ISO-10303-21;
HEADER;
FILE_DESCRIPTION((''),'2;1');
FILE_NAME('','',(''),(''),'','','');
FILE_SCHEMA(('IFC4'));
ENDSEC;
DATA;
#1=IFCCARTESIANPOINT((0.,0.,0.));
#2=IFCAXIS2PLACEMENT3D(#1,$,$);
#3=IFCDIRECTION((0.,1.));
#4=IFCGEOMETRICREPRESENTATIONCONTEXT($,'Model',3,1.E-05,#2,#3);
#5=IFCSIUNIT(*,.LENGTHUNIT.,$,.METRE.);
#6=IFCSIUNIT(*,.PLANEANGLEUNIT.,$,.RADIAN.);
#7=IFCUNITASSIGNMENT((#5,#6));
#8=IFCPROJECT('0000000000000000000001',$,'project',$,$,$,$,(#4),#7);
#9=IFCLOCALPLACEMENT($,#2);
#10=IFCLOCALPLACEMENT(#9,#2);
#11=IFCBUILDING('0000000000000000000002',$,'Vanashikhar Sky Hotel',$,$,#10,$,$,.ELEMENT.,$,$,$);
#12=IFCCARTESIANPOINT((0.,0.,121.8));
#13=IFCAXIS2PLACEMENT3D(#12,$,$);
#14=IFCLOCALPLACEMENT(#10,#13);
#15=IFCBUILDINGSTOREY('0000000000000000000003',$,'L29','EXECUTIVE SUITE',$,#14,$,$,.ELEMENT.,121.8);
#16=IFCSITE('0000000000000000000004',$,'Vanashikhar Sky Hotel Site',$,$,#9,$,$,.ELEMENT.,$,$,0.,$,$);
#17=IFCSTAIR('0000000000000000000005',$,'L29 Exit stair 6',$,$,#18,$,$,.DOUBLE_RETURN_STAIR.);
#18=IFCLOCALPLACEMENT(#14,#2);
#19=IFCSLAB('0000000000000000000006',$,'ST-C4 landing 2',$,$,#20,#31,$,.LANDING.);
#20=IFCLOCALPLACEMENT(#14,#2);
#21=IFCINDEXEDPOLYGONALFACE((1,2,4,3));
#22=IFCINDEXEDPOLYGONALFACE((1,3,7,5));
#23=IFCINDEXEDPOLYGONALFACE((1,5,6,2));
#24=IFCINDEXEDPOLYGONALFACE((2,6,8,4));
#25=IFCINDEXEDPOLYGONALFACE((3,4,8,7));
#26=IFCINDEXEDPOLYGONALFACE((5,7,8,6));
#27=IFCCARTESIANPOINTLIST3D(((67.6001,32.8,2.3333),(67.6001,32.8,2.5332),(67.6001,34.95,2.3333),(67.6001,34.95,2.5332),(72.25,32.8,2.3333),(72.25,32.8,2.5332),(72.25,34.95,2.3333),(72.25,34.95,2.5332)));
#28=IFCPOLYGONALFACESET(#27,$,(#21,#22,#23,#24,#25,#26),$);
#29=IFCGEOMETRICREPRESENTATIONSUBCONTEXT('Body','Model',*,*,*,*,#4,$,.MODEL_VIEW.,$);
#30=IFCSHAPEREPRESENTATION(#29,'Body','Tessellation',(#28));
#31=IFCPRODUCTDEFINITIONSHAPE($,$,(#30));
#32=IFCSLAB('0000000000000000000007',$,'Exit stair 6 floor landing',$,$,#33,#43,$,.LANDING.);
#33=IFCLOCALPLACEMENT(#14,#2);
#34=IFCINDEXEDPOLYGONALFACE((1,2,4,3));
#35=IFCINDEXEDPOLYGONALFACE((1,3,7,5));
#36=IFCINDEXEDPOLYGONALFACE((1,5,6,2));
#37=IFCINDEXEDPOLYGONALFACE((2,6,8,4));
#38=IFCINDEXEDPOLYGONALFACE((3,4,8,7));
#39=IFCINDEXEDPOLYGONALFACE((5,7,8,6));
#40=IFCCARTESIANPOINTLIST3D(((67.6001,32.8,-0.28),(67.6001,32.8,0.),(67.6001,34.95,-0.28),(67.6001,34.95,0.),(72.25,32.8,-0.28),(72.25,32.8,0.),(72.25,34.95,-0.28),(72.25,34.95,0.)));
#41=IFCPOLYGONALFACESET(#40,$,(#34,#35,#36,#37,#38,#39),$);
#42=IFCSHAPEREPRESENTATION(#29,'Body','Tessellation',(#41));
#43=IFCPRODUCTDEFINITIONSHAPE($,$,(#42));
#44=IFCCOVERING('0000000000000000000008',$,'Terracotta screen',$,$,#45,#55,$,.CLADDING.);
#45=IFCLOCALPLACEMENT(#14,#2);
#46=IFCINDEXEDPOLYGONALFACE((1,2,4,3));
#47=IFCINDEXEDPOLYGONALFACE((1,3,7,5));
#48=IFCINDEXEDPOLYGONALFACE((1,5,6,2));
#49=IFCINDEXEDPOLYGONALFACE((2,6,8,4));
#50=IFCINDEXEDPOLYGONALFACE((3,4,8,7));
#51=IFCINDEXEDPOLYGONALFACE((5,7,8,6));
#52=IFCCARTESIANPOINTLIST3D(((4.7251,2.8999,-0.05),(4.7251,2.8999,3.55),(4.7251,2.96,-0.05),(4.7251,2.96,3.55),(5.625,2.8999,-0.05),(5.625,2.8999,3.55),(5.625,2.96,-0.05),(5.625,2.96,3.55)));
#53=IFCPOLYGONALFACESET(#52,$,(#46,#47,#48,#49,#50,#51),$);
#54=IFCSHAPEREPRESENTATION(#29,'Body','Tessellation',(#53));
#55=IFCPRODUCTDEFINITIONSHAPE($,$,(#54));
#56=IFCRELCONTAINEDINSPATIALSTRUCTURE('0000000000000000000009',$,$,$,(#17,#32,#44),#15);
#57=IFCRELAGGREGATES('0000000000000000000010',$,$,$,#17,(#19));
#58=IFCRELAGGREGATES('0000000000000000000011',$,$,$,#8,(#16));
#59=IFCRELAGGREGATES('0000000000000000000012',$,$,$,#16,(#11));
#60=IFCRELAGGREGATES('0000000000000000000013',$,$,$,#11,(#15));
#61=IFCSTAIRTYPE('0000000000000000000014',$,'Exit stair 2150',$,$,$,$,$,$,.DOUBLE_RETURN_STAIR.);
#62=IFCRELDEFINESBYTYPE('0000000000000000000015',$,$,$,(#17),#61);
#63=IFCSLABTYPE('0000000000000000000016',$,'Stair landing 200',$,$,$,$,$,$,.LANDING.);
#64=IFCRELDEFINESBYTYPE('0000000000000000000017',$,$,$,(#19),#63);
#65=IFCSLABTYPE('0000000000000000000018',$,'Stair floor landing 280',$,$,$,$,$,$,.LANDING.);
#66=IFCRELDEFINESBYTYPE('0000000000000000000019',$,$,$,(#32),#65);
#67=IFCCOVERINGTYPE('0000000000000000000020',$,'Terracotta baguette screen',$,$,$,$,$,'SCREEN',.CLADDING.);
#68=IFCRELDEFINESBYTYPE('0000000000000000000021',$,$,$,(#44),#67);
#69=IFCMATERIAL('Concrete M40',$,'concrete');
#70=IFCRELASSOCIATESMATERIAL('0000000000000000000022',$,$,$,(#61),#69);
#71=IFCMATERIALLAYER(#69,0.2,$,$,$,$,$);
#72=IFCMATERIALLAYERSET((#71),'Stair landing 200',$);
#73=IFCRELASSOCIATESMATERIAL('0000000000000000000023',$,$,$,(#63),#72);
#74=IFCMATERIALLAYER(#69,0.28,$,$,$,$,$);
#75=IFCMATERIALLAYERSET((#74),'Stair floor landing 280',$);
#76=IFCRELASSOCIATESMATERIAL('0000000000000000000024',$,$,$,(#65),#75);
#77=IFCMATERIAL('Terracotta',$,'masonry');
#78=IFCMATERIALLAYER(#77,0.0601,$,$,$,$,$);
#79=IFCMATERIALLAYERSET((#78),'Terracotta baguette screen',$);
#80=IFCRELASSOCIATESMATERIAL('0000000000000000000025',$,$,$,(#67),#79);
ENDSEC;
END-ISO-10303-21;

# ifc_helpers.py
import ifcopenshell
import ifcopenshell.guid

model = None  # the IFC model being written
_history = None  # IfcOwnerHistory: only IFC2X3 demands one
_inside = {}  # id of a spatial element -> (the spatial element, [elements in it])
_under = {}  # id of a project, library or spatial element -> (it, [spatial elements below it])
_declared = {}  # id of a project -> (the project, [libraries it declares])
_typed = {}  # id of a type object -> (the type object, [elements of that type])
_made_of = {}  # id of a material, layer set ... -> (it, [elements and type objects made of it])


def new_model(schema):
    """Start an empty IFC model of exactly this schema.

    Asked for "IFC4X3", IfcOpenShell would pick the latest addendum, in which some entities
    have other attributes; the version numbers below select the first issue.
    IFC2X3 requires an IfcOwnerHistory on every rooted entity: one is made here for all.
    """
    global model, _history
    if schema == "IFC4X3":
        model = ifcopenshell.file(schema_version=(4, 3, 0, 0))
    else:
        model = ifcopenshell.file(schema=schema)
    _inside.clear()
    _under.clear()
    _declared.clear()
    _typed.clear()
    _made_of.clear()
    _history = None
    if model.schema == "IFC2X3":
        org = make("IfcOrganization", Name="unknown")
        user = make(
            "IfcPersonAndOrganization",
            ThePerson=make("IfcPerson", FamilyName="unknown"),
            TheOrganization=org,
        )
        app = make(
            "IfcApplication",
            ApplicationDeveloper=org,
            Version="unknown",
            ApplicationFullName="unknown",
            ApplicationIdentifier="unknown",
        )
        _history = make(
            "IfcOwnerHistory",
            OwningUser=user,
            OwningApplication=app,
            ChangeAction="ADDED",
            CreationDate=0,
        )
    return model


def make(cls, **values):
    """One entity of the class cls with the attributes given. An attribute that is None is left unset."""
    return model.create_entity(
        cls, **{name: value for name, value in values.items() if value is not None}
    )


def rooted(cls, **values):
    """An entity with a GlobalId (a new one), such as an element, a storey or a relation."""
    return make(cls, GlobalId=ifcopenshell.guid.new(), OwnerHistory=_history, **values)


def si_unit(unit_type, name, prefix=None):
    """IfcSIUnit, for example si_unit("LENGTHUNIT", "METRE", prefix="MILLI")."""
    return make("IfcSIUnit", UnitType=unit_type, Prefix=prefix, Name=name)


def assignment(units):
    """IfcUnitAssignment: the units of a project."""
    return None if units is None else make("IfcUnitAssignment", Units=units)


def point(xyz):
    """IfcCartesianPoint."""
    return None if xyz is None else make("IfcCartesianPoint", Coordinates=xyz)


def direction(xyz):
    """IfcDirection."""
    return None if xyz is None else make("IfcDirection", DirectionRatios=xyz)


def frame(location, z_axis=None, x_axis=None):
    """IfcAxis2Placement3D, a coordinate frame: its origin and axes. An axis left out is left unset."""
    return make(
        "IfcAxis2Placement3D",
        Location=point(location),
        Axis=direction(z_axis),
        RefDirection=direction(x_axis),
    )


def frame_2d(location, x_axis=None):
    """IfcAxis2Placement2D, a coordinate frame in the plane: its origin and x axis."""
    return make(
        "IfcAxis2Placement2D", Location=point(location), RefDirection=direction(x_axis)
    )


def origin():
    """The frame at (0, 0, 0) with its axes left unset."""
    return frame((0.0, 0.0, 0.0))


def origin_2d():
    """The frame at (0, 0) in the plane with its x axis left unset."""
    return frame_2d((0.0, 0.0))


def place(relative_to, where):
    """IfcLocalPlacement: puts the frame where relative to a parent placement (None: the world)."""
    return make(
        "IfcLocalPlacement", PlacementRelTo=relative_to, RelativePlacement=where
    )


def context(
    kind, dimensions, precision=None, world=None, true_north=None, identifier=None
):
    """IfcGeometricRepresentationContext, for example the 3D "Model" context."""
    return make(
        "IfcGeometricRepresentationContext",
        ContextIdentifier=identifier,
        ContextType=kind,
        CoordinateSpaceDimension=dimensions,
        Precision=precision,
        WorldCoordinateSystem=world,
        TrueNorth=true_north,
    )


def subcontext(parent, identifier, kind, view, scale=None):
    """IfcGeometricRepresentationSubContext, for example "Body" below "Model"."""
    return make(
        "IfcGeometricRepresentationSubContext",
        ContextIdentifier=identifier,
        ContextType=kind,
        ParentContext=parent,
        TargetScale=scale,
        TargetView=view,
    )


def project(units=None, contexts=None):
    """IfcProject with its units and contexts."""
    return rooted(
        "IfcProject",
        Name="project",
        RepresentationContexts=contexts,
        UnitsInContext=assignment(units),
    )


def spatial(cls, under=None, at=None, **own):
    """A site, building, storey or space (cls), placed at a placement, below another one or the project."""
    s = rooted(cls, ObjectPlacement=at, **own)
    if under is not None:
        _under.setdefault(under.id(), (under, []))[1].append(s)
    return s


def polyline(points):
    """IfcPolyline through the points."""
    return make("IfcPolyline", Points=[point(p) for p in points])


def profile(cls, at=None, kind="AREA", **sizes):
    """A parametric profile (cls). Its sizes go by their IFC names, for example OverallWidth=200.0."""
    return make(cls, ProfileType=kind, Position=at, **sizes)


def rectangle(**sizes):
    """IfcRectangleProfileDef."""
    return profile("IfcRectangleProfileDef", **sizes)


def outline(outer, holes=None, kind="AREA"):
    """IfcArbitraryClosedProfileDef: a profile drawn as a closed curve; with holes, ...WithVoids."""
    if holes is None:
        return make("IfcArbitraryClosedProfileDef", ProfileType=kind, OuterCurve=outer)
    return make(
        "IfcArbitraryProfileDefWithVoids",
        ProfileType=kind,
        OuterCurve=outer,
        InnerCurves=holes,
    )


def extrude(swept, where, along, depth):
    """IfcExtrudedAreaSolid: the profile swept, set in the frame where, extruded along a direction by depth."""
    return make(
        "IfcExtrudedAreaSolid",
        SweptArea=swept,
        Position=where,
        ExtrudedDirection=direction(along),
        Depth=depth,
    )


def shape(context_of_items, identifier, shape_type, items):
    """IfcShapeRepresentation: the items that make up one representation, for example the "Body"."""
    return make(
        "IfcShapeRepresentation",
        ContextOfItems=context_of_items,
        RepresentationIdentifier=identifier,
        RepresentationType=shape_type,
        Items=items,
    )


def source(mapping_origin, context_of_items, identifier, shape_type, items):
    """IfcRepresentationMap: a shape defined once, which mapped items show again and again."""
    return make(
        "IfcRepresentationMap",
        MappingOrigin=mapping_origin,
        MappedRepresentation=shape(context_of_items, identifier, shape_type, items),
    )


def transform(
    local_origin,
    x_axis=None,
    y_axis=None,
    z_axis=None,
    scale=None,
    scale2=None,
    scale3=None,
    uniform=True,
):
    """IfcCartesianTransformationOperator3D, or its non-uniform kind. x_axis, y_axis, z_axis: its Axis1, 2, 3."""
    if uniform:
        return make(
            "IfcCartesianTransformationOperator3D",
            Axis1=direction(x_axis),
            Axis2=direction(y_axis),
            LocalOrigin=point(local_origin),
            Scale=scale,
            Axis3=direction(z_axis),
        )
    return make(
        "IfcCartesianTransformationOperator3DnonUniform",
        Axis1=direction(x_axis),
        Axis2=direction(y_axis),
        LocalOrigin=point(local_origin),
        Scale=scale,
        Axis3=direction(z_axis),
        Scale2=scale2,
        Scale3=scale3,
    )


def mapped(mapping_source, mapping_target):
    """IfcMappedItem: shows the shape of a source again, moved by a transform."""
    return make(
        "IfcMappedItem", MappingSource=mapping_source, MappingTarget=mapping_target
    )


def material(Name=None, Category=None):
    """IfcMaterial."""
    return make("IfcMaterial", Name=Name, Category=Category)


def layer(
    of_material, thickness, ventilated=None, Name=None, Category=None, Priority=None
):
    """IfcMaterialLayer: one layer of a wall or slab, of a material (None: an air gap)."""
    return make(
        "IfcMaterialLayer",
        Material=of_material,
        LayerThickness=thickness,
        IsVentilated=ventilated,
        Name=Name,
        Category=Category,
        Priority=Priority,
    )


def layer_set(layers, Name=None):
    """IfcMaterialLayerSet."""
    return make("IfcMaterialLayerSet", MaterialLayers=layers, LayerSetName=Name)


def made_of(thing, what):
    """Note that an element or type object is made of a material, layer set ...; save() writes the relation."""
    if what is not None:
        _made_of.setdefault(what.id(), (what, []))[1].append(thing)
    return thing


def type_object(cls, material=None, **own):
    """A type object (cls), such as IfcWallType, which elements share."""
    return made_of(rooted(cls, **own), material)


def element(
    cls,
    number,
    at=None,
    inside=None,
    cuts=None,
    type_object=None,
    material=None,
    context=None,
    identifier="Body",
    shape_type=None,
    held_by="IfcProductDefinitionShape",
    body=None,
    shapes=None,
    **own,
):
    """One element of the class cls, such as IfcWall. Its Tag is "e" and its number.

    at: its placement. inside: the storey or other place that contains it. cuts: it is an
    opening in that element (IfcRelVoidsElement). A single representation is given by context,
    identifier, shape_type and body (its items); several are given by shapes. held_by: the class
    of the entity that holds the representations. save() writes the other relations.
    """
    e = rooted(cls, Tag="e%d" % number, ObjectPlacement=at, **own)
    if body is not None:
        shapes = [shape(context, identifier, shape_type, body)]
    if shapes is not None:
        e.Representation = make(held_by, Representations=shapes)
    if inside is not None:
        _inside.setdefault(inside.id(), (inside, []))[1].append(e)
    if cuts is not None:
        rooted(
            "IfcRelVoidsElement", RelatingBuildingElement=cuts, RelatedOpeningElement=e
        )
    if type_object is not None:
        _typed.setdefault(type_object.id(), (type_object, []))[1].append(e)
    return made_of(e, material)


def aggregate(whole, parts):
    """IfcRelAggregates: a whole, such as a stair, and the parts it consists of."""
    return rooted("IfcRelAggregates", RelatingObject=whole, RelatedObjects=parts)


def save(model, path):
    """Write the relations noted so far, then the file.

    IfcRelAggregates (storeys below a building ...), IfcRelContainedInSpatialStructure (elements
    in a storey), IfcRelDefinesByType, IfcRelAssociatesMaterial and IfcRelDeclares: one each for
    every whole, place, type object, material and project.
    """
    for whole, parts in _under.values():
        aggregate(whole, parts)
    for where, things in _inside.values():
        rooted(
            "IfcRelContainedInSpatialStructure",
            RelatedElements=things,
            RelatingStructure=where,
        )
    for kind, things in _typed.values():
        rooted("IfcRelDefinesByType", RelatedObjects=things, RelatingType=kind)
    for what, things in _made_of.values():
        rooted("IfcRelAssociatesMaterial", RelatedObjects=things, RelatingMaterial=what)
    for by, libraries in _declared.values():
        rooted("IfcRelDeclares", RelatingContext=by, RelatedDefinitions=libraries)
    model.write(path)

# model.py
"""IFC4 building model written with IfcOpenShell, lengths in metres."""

from ifc_helpers import new_model, si_unit, direction, frame, origin, origin_2d, place, context, subcontext, project, spatial, polyline, rectangle, outline, extrude, source, transform, mapped, material, layer, layer_set, type_object, element, aggregate, save


model = new_model("IFC4")

# Units and contexts
model_context = context("Model", 3, precision=1e-05, world=origin(), true_north=direction((0.0, 1.0)))
body_context = subcontext(model_context, "Body", "Model", "MODEL_VIEW")
ifc_project = project(units=[si_unit("LENGTHUNIT", "METRE"), si_unit("PLANEANGLEUNIT", "RADIAN")], contexts=[model_context])

# Site, building, storey
site_placement = place(None, origin())
site = spatial("IfcSite", under=ifc_project, at=site_placement, Name="Vanashikhar Sky Hotel Site", CompositionType="ELEMENT", RefElevation=0.0)
building_placement = place(site_placement, origin())
building = spatial("IfcBuilding", under=site, at=building_placement, Name="Vanashikhar Sky Hotel", CompositionType="ELEMENT")
storey_placement = place(building_placement, frame((0.0, 0.0, 121.8)))
storey = spatial("IfcBuildingStorey", under=building, at=storey_placement, Name="L29", Description="EXECUTIVE SUITE", CompositionType="ELEMENT", Elevation=121.8)

# Shared definitions
ifc_material_1 = material(Name="Concrete M40", Category="concrete")

# Shared definitions
stair_type = type_object("IfcStairType", Name="Exit stair 2150", PredefinedType="DOUBLE_RETURN_STAIR", material=ifc_material_1)
ifc_layer_1 = layer(ifc_material_1, 0.2)
ifc_layer_set_1 = layer_set([ifc_layer_1], Name="Stair landing 200")
slab_type_1 = type_object("IfcSlabType", Name="Stair landing 200", PredefinedType="LANDING", material=ifc_layer_set_1)

# Shared definitions
ifc_layer_2 = layer(ifc_material_1, 0.28)
ifc_layer_set_2 = layer_set([ifc_layer_2], Name="Stair floor landing 280")
slab_type_2 = type_object("IfcSlabType", Name="Stair floor landing 280", PredefinedType="LANDING", material=ifc_layer_set_2)

# Stair, slab
stair_1_placement = place(storey_placement, origin())
stair_1 = element("IfcStair", 1, at=stair_1_placement, inside=storey, type_object=stair_type, Name="L29 Exit stair 6", PredefinedType="DOUBLE_RETURN_STAIR")
shared_shape_1 = source(origin(), body_context, "Body", "SweptSolid", [
    extrude(outline(polyline([(72.25, 32.8), (72.25, 34.95), (67.6001, 34.95), (67.6001, 32.8), (72.25, 32.8)])), origin(), (0.0, 0.0, 1.0), 0.2),
])
slab_1_placement = place(storey_placement, frame((0.0, 0.0, 2.3333)))
slab_1 = element("IfcSlab", 2, at=slab_1_placement, type_object=slab_type_1, Name="ST-C4 landing 2", PredefinedType="LANDING", context=body_context, shape_type="MappedRepresentation", body=[
    mapped(shared_shape_1, transform((0.0, 0.0, 0.0), scale=1.0)),
])
aggregate(stair_1, [slab_1])

# Slab
shared_shape_2 = source(origin(), body_context, "Body", "SweptSolid", [
    extrude(outline(polyline([(72.25, 32.8), (72.25, 34.95), (67.6001, 34.95), (67.6001, 32.8), (72.25, 32.8)])), origin(), (0.0, 0.0, 1.0), 0.28),
])
slab_2_placement = place(storey_placement, frame((0.0, 0.0, -0.28)))
element("IfcSlab", 3, at=slab_2_placement, inside=storey, type_object=slab_type_2, Name="Exit stair 6 floor landing", PredefinedType="LANDING", context=body_context, shape_type="MappedRepresentation", body=[
    mapped(shared_shape_2, transform((0.0, 0.0, 0.0), scale=1.0)),
])

# Covering
ifc_material_2 = material(Name="Terracotta", Category="masonry")
ifc_layer_3 = layer(ifc_material_2, 0.0601)
ifc_layer_set_3 = layer_set([ifc_layer_3], Name="Terracotta baguette screen")
covering_type = type_object("IfcCoveringType", Name="Terracotta baguette screen", ElementType="SCREEN", PredefinedType="CLADDING", material=ifc_layer_set_3)
shared_shape_3 = source(origin(), body_context, "Body", "SweptSolid", [
    extrude(rectangle(XDim=0.8999, YDim=0.0601, at=origin_2d()), origin(), (0.0, 0.0, 1.0), 3.6001),
])
covering_placement = place(storey_placement, frame((5.175, 2.9299, -0.05), z_axis=(0.0, 0.0, 1.0), x_axis=(1.0, 0.0, 0.0)))
element("IfcCovering", 4, at=covering_placement, inside=storey, type_object=covering_type, Name="Terracotta screen", PredefinedType="CLADDING", context=body_context, shape_type="MappedRepresentation", body=[
    mapped(shared_shape_3, transform((0.0, 0.0, 0.0), scale=1.0)),
])

save(model, "model.ifc")
